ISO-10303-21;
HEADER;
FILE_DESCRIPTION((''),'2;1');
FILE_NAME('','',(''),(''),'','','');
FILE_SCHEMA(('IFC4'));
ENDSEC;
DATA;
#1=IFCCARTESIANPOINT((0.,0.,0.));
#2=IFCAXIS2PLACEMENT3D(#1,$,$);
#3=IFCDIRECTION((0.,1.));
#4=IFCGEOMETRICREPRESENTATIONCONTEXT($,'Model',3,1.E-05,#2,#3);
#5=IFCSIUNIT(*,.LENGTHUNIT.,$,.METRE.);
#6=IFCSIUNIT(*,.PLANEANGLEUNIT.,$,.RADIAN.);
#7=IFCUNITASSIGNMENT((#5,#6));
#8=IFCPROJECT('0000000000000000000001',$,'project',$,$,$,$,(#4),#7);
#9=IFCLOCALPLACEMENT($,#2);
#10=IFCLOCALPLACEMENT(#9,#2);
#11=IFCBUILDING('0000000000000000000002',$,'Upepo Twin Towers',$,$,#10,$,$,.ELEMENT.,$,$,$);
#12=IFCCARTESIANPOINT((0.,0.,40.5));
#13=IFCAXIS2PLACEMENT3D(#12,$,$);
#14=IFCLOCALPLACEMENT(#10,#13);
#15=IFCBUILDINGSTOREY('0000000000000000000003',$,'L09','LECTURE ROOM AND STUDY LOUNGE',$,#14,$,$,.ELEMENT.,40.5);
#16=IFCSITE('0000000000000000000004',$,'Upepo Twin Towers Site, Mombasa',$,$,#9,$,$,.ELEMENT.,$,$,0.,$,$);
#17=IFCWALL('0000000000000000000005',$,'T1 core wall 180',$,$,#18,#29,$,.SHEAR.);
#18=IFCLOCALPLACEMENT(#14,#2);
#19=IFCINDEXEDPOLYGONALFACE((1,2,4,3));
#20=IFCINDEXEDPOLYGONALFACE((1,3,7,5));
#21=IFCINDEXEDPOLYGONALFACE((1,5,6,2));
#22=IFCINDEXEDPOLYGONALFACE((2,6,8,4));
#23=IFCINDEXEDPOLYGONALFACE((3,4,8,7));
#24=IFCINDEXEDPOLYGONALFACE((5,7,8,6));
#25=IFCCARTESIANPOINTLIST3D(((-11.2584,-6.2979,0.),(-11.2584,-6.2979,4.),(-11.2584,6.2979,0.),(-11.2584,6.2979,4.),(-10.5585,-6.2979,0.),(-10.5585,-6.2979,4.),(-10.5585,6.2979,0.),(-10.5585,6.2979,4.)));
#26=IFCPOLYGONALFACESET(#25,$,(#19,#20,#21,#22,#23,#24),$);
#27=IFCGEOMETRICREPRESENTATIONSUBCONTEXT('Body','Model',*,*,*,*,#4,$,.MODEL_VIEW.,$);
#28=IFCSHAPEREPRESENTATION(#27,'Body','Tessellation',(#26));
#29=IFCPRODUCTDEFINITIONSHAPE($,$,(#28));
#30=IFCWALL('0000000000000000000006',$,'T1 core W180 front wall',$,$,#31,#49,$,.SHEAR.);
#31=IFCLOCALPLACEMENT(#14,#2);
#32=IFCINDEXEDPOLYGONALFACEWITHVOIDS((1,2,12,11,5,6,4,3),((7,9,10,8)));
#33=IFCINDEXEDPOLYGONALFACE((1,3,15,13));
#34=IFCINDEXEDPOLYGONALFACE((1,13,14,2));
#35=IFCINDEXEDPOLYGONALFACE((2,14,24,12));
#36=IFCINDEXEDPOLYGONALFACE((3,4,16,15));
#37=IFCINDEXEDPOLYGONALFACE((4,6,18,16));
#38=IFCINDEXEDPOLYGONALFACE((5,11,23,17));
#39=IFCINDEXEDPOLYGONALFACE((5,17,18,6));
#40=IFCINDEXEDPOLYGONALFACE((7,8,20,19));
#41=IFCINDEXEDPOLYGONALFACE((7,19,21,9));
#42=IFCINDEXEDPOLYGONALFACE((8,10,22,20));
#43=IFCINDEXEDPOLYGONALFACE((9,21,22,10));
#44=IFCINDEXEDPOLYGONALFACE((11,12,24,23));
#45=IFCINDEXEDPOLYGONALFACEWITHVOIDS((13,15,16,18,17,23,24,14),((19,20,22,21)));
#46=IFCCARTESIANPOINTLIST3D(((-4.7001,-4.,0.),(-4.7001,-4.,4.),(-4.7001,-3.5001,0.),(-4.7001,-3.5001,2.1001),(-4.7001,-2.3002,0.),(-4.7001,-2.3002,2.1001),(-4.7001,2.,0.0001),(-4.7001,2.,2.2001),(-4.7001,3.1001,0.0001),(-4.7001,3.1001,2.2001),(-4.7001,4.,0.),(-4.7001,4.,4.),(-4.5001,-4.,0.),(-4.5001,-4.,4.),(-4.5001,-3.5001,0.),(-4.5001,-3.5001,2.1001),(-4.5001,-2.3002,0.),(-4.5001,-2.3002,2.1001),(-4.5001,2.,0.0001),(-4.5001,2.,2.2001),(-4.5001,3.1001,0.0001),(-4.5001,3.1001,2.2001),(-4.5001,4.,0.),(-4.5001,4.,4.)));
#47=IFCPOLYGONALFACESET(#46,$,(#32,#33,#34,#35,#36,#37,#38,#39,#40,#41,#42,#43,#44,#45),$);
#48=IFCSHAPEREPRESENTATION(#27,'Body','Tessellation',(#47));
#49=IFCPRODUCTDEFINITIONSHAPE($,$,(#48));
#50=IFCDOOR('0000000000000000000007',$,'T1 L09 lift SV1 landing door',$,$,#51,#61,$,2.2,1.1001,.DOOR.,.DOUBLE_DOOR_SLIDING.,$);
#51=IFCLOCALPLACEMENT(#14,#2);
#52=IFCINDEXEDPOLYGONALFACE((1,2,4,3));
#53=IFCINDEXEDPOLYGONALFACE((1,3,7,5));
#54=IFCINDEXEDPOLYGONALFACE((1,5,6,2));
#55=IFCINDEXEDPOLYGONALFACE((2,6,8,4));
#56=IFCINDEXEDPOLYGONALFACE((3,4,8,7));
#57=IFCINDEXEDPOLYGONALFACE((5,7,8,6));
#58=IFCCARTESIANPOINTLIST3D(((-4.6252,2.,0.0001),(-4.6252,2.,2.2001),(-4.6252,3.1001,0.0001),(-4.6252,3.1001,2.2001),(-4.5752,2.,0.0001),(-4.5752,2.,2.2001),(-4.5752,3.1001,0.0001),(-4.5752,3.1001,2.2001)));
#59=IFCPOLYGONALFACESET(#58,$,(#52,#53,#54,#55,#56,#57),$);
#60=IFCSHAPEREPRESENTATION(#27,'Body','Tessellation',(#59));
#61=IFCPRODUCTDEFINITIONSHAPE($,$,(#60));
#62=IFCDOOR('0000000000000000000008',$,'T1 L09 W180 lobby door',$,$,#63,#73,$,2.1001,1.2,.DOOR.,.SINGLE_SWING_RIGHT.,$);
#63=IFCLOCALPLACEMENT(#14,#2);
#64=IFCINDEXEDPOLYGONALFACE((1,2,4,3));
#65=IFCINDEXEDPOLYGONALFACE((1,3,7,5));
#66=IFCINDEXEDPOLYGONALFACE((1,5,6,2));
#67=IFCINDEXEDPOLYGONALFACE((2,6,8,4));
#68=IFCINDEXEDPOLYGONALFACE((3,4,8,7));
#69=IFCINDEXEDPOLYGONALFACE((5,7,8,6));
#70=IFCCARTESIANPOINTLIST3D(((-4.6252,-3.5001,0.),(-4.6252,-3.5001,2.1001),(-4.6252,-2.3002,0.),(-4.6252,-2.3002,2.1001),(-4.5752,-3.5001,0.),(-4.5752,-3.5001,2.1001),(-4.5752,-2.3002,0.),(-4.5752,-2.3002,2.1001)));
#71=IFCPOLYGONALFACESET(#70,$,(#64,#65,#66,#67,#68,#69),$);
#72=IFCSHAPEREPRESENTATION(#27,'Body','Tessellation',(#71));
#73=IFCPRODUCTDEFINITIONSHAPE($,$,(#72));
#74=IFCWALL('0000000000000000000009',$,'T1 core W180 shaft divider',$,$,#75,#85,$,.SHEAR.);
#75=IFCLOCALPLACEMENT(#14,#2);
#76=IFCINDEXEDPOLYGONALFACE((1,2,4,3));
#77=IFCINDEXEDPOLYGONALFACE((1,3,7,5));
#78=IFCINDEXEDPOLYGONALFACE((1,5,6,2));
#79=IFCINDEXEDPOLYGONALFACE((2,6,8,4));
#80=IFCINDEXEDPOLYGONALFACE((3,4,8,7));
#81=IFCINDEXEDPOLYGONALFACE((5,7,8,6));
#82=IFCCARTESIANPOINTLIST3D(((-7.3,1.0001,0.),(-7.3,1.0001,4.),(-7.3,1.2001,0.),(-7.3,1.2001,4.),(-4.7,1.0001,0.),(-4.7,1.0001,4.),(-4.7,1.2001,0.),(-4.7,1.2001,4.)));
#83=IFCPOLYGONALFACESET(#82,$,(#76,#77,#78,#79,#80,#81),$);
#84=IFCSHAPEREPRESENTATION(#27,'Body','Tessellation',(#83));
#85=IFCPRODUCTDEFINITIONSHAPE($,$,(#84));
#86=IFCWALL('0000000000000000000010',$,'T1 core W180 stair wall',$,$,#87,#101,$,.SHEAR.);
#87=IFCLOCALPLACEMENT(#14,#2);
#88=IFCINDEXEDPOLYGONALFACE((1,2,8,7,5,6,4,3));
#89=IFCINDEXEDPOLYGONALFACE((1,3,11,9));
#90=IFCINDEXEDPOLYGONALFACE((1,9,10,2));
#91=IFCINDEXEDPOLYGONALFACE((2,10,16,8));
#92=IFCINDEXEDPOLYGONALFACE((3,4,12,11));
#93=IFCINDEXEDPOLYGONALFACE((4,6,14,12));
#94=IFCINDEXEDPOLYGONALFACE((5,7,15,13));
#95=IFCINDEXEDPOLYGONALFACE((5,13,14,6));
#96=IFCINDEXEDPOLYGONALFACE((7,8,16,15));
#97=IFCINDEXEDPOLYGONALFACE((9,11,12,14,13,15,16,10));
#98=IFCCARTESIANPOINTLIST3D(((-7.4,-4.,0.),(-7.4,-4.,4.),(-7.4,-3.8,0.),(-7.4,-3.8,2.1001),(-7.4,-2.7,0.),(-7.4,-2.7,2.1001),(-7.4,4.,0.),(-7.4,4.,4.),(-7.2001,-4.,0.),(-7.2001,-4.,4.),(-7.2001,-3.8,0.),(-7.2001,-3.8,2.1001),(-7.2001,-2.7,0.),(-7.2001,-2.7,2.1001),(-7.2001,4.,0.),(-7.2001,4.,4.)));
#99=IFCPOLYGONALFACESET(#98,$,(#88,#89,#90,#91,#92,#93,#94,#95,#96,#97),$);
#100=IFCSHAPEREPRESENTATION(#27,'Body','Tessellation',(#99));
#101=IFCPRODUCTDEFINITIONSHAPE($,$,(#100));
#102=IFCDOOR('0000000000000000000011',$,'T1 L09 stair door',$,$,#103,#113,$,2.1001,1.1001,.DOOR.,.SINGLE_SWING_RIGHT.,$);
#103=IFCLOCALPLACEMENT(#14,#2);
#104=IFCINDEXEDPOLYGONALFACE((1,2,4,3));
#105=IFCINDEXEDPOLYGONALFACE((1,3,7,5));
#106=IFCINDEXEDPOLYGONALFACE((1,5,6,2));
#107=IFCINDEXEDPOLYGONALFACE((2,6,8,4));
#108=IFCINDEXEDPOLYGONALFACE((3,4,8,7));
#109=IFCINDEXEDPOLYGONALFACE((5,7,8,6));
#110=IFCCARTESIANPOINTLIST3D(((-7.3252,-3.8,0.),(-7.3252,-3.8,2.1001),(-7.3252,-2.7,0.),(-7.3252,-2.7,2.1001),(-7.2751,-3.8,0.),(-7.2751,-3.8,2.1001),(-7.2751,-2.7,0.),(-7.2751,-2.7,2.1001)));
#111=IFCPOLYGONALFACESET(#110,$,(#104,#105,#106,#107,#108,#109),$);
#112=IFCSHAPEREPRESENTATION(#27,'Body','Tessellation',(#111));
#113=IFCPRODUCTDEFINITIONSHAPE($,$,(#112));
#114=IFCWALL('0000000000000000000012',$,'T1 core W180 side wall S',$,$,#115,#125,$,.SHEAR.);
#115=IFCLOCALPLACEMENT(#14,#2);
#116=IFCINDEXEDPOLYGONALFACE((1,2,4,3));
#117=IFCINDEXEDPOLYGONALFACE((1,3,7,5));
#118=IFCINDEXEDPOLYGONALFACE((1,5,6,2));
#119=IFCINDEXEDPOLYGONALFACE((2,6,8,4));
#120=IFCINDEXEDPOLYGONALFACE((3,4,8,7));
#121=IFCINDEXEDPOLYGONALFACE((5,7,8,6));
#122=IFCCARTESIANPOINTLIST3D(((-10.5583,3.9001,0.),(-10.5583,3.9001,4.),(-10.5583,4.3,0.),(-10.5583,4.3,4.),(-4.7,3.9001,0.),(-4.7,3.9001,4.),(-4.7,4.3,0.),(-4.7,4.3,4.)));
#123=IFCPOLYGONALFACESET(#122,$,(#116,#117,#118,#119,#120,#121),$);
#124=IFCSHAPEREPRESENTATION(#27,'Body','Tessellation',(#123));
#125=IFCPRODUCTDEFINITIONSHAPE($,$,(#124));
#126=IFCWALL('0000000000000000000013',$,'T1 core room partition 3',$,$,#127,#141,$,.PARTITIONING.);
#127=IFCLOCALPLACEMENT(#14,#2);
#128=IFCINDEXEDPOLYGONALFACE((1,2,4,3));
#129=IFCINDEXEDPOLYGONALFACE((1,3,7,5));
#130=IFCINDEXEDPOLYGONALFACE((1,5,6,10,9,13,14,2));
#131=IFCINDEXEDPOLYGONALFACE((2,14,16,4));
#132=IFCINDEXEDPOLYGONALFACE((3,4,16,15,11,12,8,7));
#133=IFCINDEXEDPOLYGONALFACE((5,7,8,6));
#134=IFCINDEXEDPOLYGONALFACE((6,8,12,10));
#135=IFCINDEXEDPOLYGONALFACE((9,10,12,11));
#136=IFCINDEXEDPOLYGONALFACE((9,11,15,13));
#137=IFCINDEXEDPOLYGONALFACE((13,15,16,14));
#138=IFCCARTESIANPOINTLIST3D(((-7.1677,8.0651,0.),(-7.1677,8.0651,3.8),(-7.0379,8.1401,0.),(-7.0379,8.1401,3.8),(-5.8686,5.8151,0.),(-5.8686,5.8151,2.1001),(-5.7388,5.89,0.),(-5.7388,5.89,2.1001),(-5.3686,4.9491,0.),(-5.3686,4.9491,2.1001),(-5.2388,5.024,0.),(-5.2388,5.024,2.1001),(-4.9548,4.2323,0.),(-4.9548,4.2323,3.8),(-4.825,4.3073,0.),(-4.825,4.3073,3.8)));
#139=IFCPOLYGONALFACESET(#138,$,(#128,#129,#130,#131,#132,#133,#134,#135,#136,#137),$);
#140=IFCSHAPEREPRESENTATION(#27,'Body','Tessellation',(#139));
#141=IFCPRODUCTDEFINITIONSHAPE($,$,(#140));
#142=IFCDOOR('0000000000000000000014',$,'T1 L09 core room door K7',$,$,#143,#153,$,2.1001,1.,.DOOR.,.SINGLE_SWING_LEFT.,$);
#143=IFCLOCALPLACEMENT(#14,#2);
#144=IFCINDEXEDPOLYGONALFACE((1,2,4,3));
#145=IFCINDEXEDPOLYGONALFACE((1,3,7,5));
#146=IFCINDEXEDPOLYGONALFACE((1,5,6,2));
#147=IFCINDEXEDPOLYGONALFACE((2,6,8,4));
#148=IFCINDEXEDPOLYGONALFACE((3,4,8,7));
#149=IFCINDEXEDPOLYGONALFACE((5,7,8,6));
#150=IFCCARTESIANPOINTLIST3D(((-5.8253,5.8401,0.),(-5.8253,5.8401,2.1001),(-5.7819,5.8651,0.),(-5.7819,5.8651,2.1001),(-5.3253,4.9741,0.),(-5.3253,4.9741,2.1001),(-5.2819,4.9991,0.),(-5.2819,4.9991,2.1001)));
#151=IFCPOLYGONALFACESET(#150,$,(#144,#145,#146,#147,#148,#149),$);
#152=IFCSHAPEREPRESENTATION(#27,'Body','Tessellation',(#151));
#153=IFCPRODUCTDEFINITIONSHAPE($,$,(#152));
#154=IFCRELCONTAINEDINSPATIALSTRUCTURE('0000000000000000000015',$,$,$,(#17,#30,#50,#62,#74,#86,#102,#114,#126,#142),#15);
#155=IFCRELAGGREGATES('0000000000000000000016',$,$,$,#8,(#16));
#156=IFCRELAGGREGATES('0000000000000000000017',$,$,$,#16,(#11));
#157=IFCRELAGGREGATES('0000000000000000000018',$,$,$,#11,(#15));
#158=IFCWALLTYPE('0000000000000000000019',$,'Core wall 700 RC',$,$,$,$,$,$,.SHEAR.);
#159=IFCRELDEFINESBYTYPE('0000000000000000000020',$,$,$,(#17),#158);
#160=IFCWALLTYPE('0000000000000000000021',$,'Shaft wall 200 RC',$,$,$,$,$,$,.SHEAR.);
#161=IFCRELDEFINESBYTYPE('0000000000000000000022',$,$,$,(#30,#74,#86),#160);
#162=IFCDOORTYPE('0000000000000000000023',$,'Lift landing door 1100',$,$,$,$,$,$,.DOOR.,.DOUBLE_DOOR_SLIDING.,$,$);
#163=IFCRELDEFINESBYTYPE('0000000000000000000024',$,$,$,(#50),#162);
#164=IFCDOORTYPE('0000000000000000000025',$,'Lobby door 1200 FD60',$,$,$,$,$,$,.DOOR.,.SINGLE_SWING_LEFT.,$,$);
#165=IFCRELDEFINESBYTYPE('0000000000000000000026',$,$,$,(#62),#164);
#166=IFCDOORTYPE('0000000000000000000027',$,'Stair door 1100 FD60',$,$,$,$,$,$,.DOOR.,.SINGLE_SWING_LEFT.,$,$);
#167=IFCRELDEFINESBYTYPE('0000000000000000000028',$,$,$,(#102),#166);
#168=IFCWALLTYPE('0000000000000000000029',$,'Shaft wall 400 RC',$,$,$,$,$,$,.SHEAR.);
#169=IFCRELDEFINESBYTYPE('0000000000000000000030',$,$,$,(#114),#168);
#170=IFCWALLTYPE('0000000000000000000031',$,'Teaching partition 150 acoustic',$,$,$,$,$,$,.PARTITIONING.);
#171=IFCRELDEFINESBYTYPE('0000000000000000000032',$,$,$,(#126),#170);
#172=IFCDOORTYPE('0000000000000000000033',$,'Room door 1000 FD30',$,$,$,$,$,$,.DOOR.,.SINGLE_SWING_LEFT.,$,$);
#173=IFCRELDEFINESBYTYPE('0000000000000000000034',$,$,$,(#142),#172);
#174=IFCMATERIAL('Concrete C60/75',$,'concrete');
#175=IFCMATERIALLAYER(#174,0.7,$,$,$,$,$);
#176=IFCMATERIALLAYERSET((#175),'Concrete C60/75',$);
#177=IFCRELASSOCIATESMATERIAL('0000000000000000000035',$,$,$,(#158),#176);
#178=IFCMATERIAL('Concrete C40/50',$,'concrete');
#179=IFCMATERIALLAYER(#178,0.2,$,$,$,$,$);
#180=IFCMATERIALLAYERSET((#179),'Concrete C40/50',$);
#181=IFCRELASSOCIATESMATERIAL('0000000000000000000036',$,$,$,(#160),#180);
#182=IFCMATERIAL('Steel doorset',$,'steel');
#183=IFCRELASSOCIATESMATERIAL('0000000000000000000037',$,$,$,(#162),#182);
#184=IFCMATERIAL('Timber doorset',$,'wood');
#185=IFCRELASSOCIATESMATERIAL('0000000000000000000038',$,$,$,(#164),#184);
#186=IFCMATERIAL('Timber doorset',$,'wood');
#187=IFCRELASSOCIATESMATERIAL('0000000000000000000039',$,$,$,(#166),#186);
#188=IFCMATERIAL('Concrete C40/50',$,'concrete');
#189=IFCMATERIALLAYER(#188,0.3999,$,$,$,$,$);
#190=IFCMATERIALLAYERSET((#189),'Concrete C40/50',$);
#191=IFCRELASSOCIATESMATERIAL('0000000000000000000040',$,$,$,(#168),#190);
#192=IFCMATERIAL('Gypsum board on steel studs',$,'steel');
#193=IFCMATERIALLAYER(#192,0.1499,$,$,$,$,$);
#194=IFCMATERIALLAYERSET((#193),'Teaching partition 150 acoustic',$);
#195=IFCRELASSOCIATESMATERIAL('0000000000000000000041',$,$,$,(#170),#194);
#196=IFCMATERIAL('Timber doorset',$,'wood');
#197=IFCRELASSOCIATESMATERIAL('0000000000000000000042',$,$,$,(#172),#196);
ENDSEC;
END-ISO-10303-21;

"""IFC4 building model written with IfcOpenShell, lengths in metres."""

from ifc_helpers import new_model, si_unit, direction, frame, frame_2d, origin, place, context, subcontext, project, spatial, rectangle, extrude, material, layer, layer_set, type_object, element, fill, save


model = new_model("IFC4")

# Units and contexts
model_context = context("Model", 3, precision=1e-05, world=origin(), true_north=direction((0.0, 1.0)))
body_context = subcontext(model_context, "Body", "Model", "MODEL_VIEW")
ifc_project = project(units=[si_unit("LENGTHUNIT", "METRE"), si_unit("PLANEANGLEUNIT", "RADIAN")], contexts=[model_context])

# Site, building, storey
site_placement = place(None, origin())
site = spatial("IfcSite", under=ifc_project, at=site_placement, Name="Upepo Twin Towers Site, Mombasa", CompositionType="ELEMENT", RefElevation=0.0)
building_placement = place(site_placement, origin())
building = spatial("IfcBuilding", under=site, at=building_placement, Name="Upepo Twin Towers", CompositionType="ELEMENT")
storey_placement = place(building_placement, frame((0.0, 0.0, 40.5)))
storey = spatial("IfcBuildingStorey", under=building, at=storey_placement, Name="L09", Description="LECTURE ROOM AND STUDY LOUNGE", CompositionType="ELEMENT", Elevation=40.5)

# Wall
ifc_material_1 = material(Name="Concrete C60/75", Category="concrete")
ifc_layer_1 = layer(ifc_material_1, 0.7)
ifc_layer_set_1 = layer_set([ifc_layer_1], Name="Concrete C60/75")
wall_type_1 = type_object("IfcWallType", Name="Core wall 700 RC", PredefinedType="SHEAR", material=ifc_layer_set_1)
wall_1_placement = place(storey_placement, frame((-10.9084, 6.2979, 0.0), z_axis=(0.0, 0.0, 1.0), x_axis=(0.0, -1.0, 0.0)))
element("IfcWall", 1, at=wall_1_placement, inside=storey, type_object=wall_type_1, Name="T1 core wall 180", PredefinedType="SHEAR", context=body_context, shape_type="SweptSolid", body=[
    extrude(rectangle(XDim=12.5957, YDim=0.7, at=frame_2d((6.2979, 0.0))), origin(), (0.0, 0.0, 1.0), 4.0),
])

# Wall, openings, doors
ifc_material_2 = material(Name="Concrete C40/50", Category="concrete")
ifc_layer_2 = layer(ifc_material_2, 0.2)
ifc_layer_set_2 = layer_set([ifc_layer_2], Name="Concrete C40/50")
wall_type_2 = type_object("IfcWallType", Name="Shaft wall 200 RC", PredefinedType="SHEAR", material=ifc_layer_set_2)
wall_2_placement = place(storey_placement, frame((-4.6001, 4.0, 0.0), z_axis=(0.0, 0.0, 1.0), x_axis=(0.0, -1.0, 0.0)))
wall_2 = element("IfcWall", 2, at=wall_2_placement, inside=storey, type_object=wall_type_2, Name="T1 core W180 front wall", PredefinedType="SHEAR", context=body_context, shape_type="SweptSolid", body=[
    extrude(rectangle(XDim=8.0, YDim=0.2, at=frame_2d((4.0, 0.0))), origin(), (0.0, 0.0, 1.0), 4.0),
])
opening_1_placement = place(wall_2_placement, frame((6.3, 0.0, 0.0)))
opening_1 = element("IfcOpeningElement", 3, at=opening_1_placement, cuts=wall_2, PredefinedType="OPENING", context=body_context, shape_type="SweptSolid", body=[
    extrude(rectangle(XDim=1.2, YDim=2.1001, at=frame_2d((0.6001, 1.05))), frame((0.0, 0.1099, 0.0), z_axis=(0.0, -1.0, 0.0), x_axis=(1.0, 0.0, 0.0)), (0.0, 0.0, 1.0), 0.22),
])
opening_2_placement = place(wall_2_placement, frame((0.8999, 0.0, 0.0)))
opening_2 = element("IfcOpeningElement", 4, at=opening_2_placement, cuts=wall_2, PredefinedType="OPENING", context=body_context, shape_type="SweptSolid", body=[
    extrude(rectangle(XDim=1.1001, YDim=2.2, at=frame_2d((0.55, 1.1001))), frame((0.0, 0.1099, 0.0), z_axis=(0.0, -1.0, 0.0), x_axis=(1.0, 0.0, 0.0)), (0.0, 0.0, 1.0), 0.22),
])
ifc_material_3 = material(Name="Steel doorset", Category="steel")
door_type_1 = type_object("IfcDoorType", Name="Lift landing door 1100", OperationType="DOUBLE_DOOR_SLIDING", PredefinedType="DOOR", material=ifc_material_3)
door_1_placement = place(opening_2_placement, origin())
door_1 = element("IfcDoor", 5, at=door_1_placement, inside=storey, type_object=door_type_1, Name="T1 L09 lift SV1 landing door", OperationType="DOUBLE_DOOR_SLIDING", OverallHeight=2.2, OverallWidth=1.1001, PredefinedType="DOOR", context=body_context, shape_type="SweptSolid", body=[
    extrude(rectangle(XDim=1.1001, YDim=2.2, at=frame_2d((0.55, 1.1001))), frame((0.0, 0.0249, 0.0), z_axis=(0.0, -1.0, 0.0), x_axis=(1.0, 0.0, 0.0)), (0.0, 0.0, 1.0), 0.05),
])
fill(opening_2, door_1)
ifc_material_4 = material(Name="Timber doorset", Category="wood")
door_type_2 = type_object("IfcDoorType", Name="Lobby door 1200 FD60", OperationType="SINGLE_SWING_LEFT", PredefinedType="DOOR", material=ifc_material_4)
door_2_placement = place(opening_1_placement, origin())
door_2 = element("IfcDoor", 6, at=door_2_placement, inside=storey, type_object=door_type_2, Name="T1 L09 W180 lobby door", OperationType="SINGLE_SWING_RIGHT", OverallHeight=2.1001, OverallWidth=1.2, PredefinedType="DOOR", context=body_context, shape_type="SweptSolid", body=[
    extrude(rectangle(XDim=1.2, YDim=2.1001, at=frame_2d((0.6001, 1.05))), frame((0.0, 0.0249, 0.0), z_axis=(0.0, -1.0, 0.0), x_axis=(1.0, 0.0, 0.0)), (0.0, 0.0, 1.0), 0.05),
])
fill(opening_1, door_2)

# Wall
wall_3_placement = place(storey_placement, frame((-4.7, 1.1001, 0.0), z_axis=(0.0, 0.0, 1.0), x_axis=(-1.0, 0.0, 0.0)))
element("IfcWall", 7, at=wall_3_placement, inside=storey, type_object=wall_type_2, Name="T1 core W180 shaft divider", PredefinedType="SHEAR", context=body_context, shape_type="SweptSolid", body=[
    extrude(rectangle(XDim=2.6001, YDim=0.2, at=frame_2d((1.3, 0.0))), origin(), (0.0, 0.0, 1.0), 4.0),
])

# Wall, opening, door
wall_4_placement = place(storey_placement, frame((-7.3, 4.0, 0.0), z_axis=(0.0, 0.0, 1.0), x_axis=(0.0, -1.0, 0.0)))
wall_4 = element("IfcWall", 8, at=wall_4_placement, inside=storey, type_object=wall_type_2, Name="T1 core W180 stair wall", PredefinedType="SHEAR", context=body_context, shape_type="SweptSolid", body=[
    extrude(rectangle(XDim=8.0, YDim=0.2, at=frame_2d((4.0, 0.0))), origin(), (0.0, 0.0, 1.0), 4.0),
])
opening_3_placement = place(wall_4_placement, frame((6.7, 0.0, 0.0)))
opening_3 = element("IfcOpeningElement", 9, at=opening_3_placement, cuts=wall_4, PredefinedType="OPENING", context=body_context, shape_type="SweptSolid", body=[
    extrude(rectangle(XDim=1.1001, YDim=2.1001, at=frame_2d((0.55, 1.05))), frame((0.0, 0.1099, 0.0), z_axis=(0.0, -1.0, 0.0), x_axis=(1.0, 0.0, 0.0)), (0.0, 0.0, 1.0), 0.22),
])
ifc_material_5 = material(Name="Timber doorset", Category="wood")
door_type_3 = type_object("IfcDoorType", Name="Stair door 1100 FD60", OperationType="SINGLE_SWING_LEFT", PredefinedType="DOOR", material=ifc_material_5)
door_3_placement = place(opening_3_placement, origin())
door_3 = element("IfcDoor", 10, at=door_3_placement, inside=storey, type_object=door_type_3, Name="T1 L09 stair door", OperationType="SINGLE_SWING_RIGHT", OverallHeight=2.1001, OverallWidth=1.1001, PredefinedType="DOOR", context=body_context, shape_type="SweptSolid", body=[
    extrude(rectangle(XDim=1.1001, YDim=2.1001, at=frame_2d((0.55, 1.05))), frame((0.0, 0.0249, 0.0), z_axis=(0.0, -1.0, 0.0), x_axis=(1.0, 0.0, 0.0)), (0.0, 0.0, 1.0), 0.05),
])
fill(opening_3, door_3)

# Wall
ifc_material_6 = material(Name="Concrete C40/50", Category="concrete")
ifc_layer_3 = layer(ifc_material_6, 0.3999)
ifc_layer_set_3 = layer_set([ifc_layer_3], Name="Concrete C40/50")
wall_type_3 = type_object("IfcWallType", Name="Shaft wall 400 RC", PredefinedType="SHEAR", material=ifc_layer_set_3)
wall_5_placement = place(storey_placement, frame((-4.7, 4.1001, 0.0), z_axis=(0.0, 0.0, 1.0), x_axis=(-1.0, 0.0, 0.0)))
element("IfcWall", 11, at=wall_5_placement, inside=storey, type_object=wall_type_3, Name="T1 core W180 side wall S", PredefinedType="SHEAR", context=body_context, shape_type="SweptSolid", body=[
    extrude(rectangle(XDim=5.8584, YDim=0.3999, at=frame_2d((2.9292, 0.0))), origin(), (0.0, 0.0, 1.0), 4.0),
])

# Wall, opening, door
ifc_material_7 = material(Name="Gypsum board on steel studs", Category="steel")
ifc_layer_4 = layer(ifc_material_7, 0.1499)
ifc_layer_set_4 = layer_set([ifc_layer_4], Name="Teaching partition 150 acoustic")
wall_type_4 = type_object("IfcWallType", Name="Teaching partition 150 acoustic", PredefinedType="PARTITIONING", material=ifc_layer_set_4)
wall_6_placement = place(storey_placement, frame((-4.8899, 4.2698, 0.0), z_axis=(0.0, 0.0, 1.0), x_axis=(-0.500007, 0.866021, 0.0)))
wall_6 = element("IfcWall", 12, at=wall_6_placement, inside=storey, type_object=wall_type_4, Name="T1 core room partition 3", PredefinedType="PARTITIONING", context=body_context, shape_type="SweptSolid", body=[
    extrude(rectangle(XDim=4.4258, YDim=0.1499, at=frame_2d((2.2129, 0.0))), origin(), (0.0, 0.0, 1.0), 3.8),
])
opening_4_placement = place(wall_6_placement, frame((0.8276, 0.0, 0.0)))
opening_4 = element("IfcOpeningElement", 13, at=opening_4_placement, cuts=wall_6, PredefinedType="OPENING", context=body_context, shape_type="SweptSolid", body=[
    extrude(rectangle(XDim=1.0, YDim=2.1001, at=frame_2d((0.5, 1.05))), frame((0.0, 0.085, 0.0), z_axis=(0.0, -1.0, 0.0), x_axis=(1.0, 0.0, 0.0)), (0.0, 0.0, 1.0), 0.1699),
])
ifc_material_8 = material(Name="Timber doorset", Category="wood")
door_type_4 = type_object("IfcDoorType", Name="Room door 1000 FD30", OperationType="SINGLE_SWING_LEFT", PredefinedType="DOOR", material=ifc_material_8)
door_4_placement = place(opening_4_placement, origin())
door_4 = element("IfcDoor", 14, at=door_4_placement, inside=storey, type_object=door_type_4, Name="T1 L09 core room door K7", OperationType="SINGLE_SWING_LEFT", OverallHeight=2.1001, OverallWidth=1.0, PredefinedType="DOOR", context=body_context, shape_type="SweptSolid", body=[
    extrude(rectangle(XDim=1.0, YDim=2.1001, at=frame_2d((0.5, 1.05))), frame((0.0, 0.0249, 0.0), z_axis=(0.0, -1.0, 0.0), x_axis=(1.0, 0.0, 0.0)), (0.0, 0.0, 1.0), 0.05),
])
fill(opening_4, door_4)

save(model, "model.ifc")
